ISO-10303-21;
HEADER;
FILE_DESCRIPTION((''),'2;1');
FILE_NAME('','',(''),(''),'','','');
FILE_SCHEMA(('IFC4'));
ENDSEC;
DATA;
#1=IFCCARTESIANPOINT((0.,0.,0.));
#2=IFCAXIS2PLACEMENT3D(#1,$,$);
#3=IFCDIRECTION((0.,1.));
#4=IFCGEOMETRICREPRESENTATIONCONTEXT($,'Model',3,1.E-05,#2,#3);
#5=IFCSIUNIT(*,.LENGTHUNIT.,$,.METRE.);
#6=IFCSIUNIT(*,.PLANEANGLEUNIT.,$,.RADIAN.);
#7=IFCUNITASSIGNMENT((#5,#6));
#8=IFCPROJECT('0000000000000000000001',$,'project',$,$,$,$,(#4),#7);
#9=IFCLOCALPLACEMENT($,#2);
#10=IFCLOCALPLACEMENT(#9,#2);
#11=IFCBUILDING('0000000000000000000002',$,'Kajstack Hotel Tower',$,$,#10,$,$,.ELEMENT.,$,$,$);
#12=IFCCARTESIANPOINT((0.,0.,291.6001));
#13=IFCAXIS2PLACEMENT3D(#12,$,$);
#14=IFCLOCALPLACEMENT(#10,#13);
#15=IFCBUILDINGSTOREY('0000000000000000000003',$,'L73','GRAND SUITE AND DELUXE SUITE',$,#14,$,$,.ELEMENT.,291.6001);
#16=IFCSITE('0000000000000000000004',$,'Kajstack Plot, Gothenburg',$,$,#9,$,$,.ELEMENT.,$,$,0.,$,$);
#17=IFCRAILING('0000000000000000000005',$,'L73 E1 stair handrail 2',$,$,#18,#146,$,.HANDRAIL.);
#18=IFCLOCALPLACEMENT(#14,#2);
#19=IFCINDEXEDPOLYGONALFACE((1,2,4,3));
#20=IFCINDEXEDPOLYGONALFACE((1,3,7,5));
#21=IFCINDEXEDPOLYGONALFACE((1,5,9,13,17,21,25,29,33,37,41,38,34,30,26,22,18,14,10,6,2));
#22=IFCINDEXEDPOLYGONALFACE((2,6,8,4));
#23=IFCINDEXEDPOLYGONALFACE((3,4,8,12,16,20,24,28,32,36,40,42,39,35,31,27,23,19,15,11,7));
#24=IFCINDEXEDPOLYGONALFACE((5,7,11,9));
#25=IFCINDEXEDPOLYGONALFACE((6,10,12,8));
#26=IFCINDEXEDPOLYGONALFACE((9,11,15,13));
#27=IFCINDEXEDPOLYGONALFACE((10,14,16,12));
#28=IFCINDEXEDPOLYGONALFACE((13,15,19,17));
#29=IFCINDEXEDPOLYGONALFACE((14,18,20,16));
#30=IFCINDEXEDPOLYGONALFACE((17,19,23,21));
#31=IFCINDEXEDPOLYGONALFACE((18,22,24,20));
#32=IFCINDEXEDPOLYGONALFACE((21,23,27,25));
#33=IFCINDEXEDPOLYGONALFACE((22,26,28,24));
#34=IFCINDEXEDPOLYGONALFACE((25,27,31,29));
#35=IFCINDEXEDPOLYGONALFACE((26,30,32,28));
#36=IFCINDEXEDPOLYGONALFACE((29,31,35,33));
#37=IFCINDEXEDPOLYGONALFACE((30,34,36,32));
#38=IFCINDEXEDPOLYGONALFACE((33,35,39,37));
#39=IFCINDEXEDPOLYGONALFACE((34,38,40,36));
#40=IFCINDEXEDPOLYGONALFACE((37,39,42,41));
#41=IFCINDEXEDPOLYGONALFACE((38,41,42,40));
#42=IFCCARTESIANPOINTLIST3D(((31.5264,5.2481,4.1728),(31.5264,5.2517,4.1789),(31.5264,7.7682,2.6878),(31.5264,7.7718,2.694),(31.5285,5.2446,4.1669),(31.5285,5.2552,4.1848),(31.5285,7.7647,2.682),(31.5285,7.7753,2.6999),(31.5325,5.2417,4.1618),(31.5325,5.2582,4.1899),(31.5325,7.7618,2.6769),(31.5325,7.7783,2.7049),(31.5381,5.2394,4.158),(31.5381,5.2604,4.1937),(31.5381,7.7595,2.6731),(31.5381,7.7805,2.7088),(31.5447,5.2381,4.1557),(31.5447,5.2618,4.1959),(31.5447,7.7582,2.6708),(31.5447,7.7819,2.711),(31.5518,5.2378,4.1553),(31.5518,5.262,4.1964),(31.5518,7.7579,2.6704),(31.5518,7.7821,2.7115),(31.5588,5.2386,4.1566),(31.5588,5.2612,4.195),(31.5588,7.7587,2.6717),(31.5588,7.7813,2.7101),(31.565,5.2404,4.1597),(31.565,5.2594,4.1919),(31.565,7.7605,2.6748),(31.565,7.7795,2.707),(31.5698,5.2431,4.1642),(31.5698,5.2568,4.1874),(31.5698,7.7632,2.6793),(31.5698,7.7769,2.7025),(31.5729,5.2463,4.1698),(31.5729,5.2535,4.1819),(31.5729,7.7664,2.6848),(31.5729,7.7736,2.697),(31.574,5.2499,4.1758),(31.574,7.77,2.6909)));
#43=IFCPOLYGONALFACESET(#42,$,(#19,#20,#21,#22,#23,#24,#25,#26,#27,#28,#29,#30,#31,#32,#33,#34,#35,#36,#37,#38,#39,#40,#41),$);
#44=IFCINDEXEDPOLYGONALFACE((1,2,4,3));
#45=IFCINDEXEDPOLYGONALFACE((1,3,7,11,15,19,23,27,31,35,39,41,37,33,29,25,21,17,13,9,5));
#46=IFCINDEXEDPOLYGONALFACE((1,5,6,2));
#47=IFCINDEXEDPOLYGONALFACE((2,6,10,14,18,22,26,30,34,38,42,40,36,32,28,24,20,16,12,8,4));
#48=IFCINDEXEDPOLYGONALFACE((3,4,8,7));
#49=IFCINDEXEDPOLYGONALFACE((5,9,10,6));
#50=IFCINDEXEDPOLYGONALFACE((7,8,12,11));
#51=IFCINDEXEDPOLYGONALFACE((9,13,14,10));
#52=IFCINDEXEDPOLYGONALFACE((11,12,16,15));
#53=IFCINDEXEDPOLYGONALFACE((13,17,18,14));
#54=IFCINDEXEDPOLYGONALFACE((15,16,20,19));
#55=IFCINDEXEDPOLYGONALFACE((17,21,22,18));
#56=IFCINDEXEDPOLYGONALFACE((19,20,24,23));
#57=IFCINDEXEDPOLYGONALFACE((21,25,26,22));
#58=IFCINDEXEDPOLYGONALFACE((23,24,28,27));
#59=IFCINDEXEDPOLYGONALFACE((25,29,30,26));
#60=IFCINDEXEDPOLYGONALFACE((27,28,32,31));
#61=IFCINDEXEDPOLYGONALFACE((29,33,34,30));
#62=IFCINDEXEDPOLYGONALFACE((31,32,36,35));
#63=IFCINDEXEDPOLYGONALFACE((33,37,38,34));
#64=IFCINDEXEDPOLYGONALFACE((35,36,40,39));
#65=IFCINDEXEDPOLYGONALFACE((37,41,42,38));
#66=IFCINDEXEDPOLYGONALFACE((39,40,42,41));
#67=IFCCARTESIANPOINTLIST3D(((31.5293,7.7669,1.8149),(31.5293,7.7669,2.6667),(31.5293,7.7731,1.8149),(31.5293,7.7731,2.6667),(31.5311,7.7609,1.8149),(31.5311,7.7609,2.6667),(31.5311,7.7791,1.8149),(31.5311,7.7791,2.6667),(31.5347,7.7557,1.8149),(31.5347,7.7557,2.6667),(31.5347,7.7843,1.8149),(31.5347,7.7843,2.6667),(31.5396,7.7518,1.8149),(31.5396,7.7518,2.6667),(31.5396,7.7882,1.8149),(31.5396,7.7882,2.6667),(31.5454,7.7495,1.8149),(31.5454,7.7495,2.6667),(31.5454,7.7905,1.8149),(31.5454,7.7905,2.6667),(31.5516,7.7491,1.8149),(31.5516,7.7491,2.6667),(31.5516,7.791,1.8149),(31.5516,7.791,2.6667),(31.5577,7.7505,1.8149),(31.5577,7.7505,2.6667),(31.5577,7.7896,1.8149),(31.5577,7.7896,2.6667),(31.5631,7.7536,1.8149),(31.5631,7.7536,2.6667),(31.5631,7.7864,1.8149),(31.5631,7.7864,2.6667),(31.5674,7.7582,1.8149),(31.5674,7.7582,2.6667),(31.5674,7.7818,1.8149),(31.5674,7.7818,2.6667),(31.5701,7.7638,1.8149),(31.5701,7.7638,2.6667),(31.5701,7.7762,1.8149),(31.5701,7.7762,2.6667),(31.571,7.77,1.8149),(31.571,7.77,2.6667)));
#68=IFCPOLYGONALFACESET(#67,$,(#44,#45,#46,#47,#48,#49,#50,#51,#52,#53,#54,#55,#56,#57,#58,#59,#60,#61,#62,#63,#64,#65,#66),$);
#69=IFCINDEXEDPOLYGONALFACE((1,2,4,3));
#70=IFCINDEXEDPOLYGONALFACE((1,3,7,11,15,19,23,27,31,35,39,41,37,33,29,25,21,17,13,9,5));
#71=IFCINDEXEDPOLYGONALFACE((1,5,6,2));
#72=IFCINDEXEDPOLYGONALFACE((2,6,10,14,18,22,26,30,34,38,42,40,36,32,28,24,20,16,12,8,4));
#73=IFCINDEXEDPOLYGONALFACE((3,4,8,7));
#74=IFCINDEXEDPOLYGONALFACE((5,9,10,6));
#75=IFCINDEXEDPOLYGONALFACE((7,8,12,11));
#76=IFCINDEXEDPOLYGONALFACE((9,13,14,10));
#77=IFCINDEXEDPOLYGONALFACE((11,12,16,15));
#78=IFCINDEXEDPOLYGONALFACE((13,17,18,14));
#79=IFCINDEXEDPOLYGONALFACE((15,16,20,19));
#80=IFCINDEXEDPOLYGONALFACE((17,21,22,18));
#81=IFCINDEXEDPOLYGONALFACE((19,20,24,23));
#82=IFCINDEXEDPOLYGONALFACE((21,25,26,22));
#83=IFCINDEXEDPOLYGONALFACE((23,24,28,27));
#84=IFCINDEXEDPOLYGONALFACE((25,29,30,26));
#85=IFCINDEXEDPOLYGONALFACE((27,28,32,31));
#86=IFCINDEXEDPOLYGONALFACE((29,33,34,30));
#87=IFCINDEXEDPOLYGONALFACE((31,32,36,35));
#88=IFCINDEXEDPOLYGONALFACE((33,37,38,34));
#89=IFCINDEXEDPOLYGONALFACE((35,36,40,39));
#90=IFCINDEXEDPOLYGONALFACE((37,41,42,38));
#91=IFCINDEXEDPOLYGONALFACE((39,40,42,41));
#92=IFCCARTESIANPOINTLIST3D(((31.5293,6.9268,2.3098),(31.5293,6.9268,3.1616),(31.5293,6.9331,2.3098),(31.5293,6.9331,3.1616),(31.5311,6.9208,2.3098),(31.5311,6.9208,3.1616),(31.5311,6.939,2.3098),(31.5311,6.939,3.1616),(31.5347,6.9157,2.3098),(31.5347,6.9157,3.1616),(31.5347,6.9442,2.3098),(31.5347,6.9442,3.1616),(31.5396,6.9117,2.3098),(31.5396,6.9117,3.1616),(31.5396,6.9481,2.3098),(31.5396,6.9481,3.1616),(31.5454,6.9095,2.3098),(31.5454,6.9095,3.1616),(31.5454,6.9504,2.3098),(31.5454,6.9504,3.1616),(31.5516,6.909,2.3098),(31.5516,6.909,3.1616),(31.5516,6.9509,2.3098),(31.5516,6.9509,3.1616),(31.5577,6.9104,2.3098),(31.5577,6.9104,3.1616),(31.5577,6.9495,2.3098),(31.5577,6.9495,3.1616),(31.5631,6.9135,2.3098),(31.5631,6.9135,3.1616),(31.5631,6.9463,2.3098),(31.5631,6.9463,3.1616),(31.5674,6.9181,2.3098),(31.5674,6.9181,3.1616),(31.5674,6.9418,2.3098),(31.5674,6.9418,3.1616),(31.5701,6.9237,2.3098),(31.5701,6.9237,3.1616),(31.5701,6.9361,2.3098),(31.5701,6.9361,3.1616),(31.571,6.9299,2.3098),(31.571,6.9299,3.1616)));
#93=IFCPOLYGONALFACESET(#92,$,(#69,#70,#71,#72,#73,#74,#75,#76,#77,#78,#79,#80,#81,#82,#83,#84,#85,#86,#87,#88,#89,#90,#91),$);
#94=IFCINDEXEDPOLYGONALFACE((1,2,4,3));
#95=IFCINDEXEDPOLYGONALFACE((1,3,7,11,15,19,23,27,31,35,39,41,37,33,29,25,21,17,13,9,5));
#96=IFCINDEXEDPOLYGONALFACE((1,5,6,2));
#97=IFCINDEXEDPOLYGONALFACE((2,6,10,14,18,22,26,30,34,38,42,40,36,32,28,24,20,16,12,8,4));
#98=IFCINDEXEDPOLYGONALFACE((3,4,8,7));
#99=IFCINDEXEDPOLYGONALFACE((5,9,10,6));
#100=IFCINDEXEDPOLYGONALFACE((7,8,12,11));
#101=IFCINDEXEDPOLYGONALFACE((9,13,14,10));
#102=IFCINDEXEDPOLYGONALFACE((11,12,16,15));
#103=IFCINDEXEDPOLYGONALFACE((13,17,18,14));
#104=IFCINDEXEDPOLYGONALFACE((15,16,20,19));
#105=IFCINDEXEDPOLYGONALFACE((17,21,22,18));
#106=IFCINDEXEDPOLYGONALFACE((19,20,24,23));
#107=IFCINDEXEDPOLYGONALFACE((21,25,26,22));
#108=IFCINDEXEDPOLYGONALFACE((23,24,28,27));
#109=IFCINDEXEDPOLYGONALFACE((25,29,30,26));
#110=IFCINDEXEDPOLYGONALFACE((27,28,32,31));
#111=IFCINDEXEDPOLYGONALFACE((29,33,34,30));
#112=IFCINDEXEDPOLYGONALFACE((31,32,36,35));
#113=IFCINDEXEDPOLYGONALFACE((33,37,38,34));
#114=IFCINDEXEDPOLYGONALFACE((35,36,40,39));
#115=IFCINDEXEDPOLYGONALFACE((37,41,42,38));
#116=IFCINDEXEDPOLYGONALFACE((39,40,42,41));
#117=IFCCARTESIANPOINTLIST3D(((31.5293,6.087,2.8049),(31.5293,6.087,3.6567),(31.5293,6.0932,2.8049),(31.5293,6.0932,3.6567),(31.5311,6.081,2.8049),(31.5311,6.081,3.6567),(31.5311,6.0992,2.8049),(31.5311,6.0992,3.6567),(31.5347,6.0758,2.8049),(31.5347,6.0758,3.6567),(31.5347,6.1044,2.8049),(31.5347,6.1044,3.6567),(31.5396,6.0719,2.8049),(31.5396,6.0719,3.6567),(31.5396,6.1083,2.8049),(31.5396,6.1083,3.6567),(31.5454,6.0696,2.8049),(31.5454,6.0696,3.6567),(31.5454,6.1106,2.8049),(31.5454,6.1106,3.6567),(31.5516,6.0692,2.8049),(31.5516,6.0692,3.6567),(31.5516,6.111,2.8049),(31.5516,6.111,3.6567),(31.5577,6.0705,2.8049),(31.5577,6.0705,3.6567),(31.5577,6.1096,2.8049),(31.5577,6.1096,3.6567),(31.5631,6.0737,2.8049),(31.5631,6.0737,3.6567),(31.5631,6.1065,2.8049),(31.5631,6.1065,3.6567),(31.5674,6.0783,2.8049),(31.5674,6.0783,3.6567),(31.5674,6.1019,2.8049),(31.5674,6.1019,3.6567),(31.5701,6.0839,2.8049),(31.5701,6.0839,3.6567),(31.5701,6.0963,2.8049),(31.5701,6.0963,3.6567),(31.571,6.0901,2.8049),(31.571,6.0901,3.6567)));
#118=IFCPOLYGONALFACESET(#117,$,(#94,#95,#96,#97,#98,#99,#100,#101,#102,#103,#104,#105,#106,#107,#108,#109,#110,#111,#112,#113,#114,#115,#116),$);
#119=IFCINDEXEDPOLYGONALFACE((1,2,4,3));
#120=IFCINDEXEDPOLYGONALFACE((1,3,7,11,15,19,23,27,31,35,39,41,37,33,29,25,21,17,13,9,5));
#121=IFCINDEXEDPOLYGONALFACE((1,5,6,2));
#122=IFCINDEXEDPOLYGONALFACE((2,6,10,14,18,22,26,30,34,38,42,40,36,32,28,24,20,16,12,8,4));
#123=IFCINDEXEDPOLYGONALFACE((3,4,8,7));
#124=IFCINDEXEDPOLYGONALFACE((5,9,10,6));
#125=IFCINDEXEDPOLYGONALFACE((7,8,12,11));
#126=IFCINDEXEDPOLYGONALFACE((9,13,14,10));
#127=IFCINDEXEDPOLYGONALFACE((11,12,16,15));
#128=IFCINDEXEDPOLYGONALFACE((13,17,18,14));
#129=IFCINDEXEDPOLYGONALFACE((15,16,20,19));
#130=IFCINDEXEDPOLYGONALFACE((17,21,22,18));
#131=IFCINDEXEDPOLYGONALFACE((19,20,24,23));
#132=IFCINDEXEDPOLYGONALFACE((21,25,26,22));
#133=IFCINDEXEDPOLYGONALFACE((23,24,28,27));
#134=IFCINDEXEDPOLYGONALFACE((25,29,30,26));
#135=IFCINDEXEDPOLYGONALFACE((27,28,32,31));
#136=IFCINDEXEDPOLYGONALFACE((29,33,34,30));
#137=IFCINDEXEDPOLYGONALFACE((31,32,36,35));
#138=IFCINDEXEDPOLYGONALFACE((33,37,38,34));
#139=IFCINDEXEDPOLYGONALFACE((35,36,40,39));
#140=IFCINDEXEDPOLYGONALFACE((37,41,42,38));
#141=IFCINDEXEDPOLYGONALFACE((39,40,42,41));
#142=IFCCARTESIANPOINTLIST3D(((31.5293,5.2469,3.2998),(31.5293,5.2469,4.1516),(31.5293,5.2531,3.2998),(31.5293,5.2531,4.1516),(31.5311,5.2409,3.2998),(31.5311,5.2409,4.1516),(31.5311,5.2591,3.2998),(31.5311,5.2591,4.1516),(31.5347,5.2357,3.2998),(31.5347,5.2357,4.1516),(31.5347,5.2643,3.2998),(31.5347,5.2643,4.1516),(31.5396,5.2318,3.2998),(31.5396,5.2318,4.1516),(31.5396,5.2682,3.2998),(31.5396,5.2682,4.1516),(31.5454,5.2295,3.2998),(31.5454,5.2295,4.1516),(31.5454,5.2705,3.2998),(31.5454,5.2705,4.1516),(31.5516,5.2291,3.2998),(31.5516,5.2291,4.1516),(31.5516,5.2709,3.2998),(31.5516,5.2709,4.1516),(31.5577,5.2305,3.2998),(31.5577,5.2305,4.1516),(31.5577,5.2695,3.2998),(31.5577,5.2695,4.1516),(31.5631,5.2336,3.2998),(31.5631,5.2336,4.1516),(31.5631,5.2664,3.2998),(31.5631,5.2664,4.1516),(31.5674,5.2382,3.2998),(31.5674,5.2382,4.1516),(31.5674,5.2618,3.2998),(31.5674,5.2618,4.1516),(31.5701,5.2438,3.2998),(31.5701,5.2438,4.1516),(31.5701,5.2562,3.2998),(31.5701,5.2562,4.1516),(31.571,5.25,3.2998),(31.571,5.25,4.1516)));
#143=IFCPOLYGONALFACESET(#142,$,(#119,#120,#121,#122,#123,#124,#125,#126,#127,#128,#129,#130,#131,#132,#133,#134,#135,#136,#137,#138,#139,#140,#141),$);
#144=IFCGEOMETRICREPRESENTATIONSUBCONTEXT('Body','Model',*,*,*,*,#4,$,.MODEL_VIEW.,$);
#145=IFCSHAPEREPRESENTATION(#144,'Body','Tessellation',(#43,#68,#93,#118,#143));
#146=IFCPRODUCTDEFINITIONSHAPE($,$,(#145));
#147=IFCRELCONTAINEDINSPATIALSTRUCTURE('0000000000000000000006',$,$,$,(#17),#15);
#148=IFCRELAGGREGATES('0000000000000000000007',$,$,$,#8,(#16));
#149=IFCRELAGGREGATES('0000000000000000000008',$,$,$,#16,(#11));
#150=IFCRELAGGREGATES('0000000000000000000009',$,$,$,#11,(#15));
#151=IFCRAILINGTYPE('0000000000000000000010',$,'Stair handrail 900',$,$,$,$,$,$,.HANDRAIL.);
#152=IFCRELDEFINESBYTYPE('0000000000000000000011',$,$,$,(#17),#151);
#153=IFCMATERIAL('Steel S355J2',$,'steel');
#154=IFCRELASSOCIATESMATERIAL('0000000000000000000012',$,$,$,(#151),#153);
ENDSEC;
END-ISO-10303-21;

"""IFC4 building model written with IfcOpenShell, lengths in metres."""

from ifc_helpers import new_model, si_unit, direction, frame, origin, origin_2d, place, context, subcontext, project, spatial, circle, extrude, material, type_object, element, save


model = new_model("IFC4")

# Units and contexts
model_context = context("Model", 3, precision=1e-05, world=origin(), true_north=direction((0.0, 1.0)))
body_context = subcontext(model_context, "Body", "Model", "MODEL_VIEW")
ifc_project = project(units=[si_unit("LENGTHUNIT", "METRE"), si_unit("PLANEANGLEUNIT", "RADIAN")], contexts=[model_context])

# Site, building, storey
site_placement = place(None, origin())
site = spatial("IfcSite", under=ifc_project, at=site_placement, Name="Kajstack Plot, Gothenburg", CompositionType="ELEMENT", RefElevation=0.0)
building_placement = place(site_placement, origin())
building = spatial("IfcBuilding", under=site, at=building_placement, Name="Kajstack Hotel Tower", CompositionType="ELEMENT")
storey_placement = place(building_placement, frame((0.0, 0.0, 291.6001)))
storey = spatial("IfcBuildingStorey", under=building, at=storey_placement, Name="L73", Description="GRAND SUITE AND DELUXE SUITE", CompositionType="ELEMENT", Elevation=291.6001)

# Railing
ifc_material_1 = material(Name="Steel S355J2", Category="steel")
railing_type_1 = type_object("IfcRailingType", Name="Stair handrail 900", PredefinedType="HANDRAIL", material=ifc_material_1)
railing_1_placement = place(storey_placement, frame((31.55, 7.77, 1.8149)))
element("IfcRailing", 1, at=railing_1_placement, inside=storey, type_object=railing_type_1, Name="L73 E1 stair handrail 2", PredefinedType="HANDRAIL", context=body_context, shape_type="SweptSolid", body=[
    extrude(circle(Radius=0.0239, at=origin_2d()), frame((0.0, 0.0, 0.876), z_axis=(0.0, -0.861561, 0.507655), x_axis=(1.0, 0.0, 0.0)), (0.0, 0.0, 1.0), 2.925),
    extrude(circle(Radius=0.021, at=origin_2d()), origin(), (0.0, 0.0, 1.0), 0.8518),
    extrude(circle(Radius=0.021, at=origin_2d()), frame((0.0, -0.8401, 0.4949)), (0.0, 0.0, 1.0), 0.8518),
    extrude(circle(Radius=0.021, at=origin_2d()), frame((0.0, -1.6799, 0.99)), (0.0, 0.0, 1.0), 0.8518),
    extrude(circle(Radius=0.021, at=origin_2d()), frame((0.0, -2.52, 1.4849)), (0.0, 0.0, 1.0), 0.8518),
])

save(model, "model.ifc")
